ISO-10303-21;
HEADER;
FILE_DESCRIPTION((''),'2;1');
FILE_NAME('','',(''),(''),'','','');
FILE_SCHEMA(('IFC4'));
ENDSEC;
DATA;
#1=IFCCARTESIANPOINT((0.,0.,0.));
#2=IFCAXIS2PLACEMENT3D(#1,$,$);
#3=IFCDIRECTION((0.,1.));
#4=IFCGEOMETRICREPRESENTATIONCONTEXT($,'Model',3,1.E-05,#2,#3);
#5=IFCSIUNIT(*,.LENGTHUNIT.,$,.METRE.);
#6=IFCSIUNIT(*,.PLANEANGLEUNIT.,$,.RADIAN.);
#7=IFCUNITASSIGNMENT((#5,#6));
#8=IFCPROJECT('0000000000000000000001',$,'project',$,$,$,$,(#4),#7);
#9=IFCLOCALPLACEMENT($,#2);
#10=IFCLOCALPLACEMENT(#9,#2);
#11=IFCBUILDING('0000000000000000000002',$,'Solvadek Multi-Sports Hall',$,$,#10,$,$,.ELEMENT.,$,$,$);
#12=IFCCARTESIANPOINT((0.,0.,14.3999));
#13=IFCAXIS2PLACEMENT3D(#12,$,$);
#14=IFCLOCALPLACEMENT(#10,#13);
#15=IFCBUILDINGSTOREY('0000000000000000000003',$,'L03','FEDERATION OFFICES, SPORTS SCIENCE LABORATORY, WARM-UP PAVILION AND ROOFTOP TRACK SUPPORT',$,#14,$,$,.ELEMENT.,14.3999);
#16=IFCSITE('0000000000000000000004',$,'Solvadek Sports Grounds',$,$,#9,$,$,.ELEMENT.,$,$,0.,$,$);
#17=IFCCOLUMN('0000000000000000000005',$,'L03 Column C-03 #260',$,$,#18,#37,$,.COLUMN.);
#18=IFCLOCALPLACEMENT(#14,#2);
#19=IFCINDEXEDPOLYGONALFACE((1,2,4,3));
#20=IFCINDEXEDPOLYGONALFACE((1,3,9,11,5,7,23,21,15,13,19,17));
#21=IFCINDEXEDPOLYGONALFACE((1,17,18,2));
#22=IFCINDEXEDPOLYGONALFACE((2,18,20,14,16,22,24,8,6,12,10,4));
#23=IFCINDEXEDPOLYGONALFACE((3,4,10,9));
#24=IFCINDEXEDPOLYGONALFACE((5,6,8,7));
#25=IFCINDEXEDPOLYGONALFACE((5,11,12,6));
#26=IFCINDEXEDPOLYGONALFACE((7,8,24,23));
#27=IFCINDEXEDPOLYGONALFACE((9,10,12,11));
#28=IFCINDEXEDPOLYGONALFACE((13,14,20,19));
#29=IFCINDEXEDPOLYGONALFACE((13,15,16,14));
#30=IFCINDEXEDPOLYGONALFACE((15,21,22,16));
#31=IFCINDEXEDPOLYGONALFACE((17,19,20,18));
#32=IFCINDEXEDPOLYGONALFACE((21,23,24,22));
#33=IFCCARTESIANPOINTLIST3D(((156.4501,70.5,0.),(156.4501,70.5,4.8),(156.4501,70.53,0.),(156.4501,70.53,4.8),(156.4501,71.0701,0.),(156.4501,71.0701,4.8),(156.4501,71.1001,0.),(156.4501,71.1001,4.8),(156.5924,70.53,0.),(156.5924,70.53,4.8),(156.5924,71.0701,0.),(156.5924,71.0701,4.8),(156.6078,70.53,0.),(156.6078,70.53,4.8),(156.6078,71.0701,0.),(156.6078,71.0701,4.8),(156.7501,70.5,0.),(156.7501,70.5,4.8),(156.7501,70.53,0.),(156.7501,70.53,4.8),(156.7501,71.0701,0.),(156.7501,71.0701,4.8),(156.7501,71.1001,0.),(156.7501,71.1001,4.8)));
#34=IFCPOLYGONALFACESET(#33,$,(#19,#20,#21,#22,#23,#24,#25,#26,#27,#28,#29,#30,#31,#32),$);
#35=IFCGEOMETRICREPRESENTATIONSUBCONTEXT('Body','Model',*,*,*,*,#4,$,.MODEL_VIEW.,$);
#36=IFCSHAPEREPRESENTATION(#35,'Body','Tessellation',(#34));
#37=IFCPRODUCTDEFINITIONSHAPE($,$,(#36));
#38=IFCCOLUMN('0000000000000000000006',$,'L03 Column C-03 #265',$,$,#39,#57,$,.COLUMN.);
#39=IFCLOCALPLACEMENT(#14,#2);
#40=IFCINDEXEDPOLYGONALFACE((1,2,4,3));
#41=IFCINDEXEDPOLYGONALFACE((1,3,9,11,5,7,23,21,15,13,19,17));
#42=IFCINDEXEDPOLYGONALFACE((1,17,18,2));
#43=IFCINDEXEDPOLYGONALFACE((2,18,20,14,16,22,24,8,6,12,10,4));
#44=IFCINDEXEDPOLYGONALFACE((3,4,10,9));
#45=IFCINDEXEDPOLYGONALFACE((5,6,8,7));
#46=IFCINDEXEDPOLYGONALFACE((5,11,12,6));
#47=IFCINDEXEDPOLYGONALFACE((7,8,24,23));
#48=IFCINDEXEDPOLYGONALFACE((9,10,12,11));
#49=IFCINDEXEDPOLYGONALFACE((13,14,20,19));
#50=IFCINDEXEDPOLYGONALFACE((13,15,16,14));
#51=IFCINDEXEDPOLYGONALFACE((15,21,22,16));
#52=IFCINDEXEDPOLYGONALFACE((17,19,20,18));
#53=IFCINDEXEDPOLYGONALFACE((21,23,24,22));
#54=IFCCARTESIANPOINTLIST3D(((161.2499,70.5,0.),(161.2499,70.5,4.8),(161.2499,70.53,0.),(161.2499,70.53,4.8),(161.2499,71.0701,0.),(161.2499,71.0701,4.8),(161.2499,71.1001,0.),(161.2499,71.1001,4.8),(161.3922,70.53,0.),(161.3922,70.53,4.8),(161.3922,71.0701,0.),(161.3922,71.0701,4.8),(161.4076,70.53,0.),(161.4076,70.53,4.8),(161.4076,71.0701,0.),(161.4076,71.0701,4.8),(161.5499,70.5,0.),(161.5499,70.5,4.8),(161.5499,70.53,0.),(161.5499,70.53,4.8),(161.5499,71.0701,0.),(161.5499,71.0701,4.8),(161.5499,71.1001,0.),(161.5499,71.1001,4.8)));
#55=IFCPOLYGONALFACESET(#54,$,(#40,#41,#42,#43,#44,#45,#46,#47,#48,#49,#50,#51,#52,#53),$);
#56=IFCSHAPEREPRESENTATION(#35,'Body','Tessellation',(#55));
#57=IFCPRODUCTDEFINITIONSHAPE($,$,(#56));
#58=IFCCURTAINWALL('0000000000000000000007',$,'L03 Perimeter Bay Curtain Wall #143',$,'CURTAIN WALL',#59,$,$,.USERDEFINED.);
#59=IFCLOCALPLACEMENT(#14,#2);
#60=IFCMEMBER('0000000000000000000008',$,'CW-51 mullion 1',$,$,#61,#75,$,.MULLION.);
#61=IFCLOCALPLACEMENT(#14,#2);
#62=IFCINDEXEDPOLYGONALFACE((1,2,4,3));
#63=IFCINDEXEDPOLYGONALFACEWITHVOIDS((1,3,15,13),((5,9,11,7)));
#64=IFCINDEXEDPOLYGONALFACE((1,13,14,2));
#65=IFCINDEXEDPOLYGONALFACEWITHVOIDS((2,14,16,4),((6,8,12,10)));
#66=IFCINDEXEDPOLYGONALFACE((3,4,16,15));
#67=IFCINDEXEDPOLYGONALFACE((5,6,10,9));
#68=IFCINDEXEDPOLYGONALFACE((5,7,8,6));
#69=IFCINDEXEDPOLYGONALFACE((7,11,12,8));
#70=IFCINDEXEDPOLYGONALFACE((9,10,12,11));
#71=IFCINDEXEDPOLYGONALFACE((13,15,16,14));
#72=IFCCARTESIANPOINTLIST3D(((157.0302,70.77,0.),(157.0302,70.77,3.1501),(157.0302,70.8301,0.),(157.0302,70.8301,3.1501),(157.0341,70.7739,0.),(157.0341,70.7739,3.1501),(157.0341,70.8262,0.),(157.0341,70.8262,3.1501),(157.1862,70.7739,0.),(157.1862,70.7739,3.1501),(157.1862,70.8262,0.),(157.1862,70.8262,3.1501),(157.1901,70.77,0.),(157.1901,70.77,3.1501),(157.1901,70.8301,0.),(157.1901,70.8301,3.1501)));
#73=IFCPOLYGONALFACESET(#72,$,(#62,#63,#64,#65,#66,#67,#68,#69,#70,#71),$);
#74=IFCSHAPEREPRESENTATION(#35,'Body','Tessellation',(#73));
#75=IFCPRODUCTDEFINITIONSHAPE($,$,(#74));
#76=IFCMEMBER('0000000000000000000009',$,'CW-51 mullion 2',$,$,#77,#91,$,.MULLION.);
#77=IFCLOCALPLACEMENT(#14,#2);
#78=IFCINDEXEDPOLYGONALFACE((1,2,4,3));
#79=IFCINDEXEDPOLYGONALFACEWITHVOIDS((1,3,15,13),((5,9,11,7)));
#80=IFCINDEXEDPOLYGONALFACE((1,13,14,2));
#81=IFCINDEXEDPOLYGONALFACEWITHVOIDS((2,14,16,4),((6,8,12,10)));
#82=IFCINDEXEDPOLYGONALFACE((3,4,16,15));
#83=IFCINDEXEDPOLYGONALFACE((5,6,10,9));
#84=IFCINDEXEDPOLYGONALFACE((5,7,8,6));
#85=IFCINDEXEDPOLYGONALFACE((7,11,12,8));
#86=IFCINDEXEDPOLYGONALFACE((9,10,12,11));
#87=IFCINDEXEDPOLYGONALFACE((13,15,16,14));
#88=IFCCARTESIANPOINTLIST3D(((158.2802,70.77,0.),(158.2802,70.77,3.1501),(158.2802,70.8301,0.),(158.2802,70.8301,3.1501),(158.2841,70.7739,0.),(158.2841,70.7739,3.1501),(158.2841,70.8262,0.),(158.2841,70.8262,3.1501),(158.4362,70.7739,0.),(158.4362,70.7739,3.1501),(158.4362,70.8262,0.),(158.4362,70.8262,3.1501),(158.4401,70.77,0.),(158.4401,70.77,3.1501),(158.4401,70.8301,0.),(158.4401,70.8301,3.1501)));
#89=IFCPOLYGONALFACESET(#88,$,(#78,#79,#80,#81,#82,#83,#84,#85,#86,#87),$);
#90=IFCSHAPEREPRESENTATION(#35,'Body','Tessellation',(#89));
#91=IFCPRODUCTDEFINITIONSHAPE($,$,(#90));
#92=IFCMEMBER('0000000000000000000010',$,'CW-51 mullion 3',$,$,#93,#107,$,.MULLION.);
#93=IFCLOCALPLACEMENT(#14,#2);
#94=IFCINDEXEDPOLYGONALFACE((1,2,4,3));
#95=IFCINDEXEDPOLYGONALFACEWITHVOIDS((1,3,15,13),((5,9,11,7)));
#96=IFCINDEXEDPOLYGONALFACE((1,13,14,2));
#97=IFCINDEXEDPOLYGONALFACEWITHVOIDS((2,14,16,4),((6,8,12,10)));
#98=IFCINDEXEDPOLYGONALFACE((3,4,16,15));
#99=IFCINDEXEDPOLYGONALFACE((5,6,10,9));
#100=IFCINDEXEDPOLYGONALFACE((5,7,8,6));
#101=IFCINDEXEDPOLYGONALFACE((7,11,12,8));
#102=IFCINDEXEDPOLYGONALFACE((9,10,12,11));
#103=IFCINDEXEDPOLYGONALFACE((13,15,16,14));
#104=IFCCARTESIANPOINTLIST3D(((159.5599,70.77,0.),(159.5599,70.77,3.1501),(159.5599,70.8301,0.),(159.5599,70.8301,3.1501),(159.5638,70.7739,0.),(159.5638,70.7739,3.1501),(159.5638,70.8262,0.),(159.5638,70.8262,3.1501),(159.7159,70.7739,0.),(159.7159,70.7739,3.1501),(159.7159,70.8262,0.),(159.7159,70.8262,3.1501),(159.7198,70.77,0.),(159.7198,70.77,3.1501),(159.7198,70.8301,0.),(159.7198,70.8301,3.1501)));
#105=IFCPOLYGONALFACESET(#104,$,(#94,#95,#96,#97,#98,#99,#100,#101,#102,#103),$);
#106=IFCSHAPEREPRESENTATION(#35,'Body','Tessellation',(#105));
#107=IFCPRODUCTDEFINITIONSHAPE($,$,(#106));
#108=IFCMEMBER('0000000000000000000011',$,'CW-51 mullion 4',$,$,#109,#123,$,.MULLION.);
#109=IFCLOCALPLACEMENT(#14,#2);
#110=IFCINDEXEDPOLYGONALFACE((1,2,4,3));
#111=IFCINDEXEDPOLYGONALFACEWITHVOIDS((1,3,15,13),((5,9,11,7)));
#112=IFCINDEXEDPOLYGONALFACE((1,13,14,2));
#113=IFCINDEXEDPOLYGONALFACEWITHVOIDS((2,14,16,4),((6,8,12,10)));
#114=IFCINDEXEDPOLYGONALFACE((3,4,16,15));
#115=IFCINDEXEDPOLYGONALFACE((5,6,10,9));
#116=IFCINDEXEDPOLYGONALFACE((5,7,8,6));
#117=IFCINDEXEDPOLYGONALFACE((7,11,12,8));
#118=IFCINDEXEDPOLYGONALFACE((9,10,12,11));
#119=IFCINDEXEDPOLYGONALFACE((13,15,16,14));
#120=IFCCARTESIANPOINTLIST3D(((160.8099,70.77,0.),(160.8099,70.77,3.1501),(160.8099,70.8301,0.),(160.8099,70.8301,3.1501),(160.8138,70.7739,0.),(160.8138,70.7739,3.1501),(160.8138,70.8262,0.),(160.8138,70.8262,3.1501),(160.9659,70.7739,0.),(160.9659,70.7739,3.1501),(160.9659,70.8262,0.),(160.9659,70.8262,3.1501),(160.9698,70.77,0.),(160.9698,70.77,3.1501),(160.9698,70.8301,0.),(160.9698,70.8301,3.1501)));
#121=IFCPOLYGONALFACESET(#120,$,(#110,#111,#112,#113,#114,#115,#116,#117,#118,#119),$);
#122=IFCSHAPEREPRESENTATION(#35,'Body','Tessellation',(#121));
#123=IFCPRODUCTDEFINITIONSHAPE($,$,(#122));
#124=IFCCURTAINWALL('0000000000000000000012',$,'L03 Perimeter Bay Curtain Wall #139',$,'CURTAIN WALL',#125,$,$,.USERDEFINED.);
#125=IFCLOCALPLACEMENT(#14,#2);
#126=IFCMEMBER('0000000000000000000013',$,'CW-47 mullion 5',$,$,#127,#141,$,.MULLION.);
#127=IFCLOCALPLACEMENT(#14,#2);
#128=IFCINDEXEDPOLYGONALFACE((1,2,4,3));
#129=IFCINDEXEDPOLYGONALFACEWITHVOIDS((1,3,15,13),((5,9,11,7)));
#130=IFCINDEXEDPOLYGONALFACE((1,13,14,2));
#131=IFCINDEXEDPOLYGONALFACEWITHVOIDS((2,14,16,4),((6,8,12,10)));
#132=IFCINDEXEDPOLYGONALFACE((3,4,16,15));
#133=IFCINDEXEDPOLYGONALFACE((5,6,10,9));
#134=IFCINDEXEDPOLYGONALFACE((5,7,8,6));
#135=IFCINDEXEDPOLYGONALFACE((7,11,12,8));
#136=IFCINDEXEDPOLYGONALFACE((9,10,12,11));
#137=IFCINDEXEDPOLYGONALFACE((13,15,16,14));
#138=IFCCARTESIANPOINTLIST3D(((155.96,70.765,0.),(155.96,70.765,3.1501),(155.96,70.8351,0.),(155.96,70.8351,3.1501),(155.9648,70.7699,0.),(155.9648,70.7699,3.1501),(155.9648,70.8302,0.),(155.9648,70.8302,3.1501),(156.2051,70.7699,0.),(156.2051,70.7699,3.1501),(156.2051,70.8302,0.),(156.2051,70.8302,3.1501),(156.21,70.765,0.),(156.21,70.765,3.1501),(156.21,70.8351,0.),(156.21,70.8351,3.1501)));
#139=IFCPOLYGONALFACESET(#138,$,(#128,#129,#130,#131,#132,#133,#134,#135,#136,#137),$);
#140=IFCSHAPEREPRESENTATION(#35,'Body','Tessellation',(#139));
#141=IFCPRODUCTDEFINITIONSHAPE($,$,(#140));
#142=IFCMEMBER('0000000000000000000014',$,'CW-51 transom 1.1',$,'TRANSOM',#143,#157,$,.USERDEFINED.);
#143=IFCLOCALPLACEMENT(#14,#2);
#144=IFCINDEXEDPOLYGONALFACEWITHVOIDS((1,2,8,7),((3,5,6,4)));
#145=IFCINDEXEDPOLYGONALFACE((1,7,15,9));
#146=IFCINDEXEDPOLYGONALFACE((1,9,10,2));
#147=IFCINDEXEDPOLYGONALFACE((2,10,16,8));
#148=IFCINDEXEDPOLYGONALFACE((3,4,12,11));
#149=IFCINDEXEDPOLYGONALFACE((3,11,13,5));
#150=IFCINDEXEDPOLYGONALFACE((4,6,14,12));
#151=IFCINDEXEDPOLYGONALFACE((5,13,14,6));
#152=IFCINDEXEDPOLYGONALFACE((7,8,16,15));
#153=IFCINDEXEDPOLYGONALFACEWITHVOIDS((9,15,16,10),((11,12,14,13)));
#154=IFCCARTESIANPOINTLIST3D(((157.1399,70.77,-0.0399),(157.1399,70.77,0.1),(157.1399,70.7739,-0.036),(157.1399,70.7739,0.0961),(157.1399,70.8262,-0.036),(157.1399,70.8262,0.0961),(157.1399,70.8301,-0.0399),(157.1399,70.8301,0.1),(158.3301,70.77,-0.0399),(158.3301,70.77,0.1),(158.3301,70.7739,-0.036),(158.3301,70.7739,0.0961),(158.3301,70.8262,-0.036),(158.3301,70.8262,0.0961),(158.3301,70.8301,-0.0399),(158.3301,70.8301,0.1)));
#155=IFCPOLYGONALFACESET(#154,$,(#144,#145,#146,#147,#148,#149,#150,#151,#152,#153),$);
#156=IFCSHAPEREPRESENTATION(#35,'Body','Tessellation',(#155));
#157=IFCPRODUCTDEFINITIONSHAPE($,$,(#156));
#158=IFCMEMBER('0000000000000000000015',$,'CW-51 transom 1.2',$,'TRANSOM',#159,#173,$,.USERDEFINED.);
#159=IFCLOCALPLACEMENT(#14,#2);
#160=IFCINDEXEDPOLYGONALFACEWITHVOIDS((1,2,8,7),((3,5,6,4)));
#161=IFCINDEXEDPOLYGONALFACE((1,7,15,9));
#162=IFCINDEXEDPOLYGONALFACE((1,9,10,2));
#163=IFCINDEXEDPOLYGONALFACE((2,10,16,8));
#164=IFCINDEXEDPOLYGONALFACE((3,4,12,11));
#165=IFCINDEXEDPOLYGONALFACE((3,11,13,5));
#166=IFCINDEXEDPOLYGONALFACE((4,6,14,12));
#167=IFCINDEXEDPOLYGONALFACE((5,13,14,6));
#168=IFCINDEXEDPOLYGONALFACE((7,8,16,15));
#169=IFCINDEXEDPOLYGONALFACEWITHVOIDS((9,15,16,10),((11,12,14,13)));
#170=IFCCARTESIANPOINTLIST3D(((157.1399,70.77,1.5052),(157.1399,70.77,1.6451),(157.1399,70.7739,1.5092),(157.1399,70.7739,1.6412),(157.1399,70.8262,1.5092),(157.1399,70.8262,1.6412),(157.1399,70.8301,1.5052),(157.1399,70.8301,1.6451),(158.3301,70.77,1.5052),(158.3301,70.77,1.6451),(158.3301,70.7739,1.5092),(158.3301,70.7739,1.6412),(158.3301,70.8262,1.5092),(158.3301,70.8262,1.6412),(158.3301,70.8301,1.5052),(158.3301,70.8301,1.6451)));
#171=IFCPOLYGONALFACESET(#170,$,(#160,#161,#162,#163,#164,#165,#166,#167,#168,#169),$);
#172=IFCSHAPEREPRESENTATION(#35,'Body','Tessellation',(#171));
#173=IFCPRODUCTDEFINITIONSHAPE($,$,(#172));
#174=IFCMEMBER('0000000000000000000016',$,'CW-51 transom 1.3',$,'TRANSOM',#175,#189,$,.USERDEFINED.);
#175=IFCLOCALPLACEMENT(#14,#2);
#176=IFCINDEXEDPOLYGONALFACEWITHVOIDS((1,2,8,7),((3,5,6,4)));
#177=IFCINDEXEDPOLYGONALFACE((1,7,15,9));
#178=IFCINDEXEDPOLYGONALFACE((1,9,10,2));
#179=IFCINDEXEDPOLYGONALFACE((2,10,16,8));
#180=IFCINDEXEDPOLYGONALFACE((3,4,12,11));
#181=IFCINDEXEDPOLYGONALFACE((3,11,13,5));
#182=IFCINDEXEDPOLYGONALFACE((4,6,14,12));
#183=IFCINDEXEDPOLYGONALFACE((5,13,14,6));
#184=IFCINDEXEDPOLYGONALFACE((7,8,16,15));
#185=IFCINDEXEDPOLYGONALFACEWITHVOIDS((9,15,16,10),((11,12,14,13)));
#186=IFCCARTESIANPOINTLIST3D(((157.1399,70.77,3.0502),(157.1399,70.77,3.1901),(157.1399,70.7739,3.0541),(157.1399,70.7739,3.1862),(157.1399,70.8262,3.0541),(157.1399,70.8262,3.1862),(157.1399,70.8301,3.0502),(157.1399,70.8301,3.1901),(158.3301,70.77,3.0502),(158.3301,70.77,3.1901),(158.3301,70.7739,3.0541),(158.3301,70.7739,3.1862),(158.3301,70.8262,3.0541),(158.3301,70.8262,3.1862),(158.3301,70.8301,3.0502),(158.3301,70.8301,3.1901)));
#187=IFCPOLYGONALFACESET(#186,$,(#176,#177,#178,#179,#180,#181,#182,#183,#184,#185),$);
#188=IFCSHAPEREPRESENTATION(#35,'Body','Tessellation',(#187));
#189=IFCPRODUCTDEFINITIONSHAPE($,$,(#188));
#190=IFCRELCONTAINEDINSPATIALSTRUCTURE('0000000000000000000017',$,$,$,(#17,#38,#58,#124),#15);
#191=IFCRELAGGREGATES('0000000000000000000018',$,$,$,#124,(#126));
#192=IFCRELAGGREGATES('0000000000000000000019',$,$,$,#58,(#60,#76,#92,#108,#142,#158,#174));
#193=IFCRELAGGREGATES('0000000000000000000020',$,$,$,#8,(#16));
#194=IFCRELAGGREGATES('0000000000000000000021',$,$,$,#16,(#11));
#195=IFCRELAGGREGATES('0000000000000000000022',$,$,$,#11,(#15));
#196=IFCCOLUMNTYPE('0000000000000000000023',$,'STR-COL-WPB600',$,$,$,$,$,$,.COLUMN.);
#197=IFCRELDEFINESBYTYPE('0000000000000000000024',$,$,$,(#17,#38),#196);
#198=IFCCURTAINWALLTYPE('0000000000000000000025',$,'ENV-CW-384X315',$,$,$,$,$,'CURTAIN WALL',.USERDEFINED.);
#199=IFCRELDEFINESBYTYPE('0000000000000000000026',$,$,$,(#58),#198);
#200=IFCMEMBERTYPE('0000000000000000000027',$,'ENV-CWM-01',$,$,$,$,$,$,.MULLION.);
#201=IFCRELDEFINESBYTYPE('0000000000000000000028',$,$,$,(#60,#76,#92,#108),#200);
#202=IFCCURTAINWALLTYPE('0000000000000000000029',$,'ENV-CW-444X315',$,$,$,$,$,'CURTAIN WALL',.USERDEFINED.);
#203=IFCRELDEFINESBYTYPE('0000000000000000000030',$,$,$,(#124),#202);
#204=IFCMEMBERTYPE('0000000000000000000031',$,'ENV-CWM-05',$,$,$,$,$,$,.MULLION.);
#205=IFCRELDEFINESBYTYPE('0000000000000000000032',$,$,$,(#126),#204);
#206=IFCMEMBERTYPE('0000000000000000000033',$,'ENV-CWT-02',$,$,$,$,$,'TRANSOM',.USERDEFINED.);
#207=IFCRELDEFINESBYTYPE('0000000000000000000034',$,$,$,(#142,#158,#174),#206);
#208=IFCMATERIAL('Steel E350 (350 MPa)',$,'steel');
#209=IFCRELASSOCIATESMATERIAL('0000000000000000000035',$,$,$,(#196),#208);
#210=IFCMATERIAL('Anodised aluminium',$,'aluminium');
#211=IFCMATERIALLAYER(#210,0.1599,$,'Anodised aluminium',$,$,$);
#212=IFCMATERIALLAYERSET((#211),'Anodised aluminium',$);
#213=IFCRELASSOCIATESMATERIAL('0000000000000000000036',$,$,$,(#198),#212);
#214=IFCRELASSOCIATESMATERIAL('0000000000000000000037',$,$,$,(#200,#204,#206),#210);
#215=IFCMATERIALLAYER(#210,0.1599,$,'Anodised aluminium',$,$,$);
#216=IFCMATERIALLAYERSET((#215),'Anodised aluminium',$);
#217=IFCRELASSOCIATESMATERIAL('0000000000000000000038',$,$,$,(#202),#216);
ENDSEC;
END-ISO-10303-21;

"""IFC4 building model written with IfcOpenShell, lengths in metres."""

from ifc_helpers import new_model, si_unit, direction, frame, origin, origin_2d, place, context, subcontext, project, spatial, hollow_rectangle, i_section, extrude, material, layer, layer_set, material_profile, profile_set, type_object, element, aggregate, save


model = new_model("IFC4")

# Units and contexts
model_context = context("Model", 3, precision=1e-05, world=origin(), true_north=direction((0.0, 1.0)))
body_context = subcontext(model_context, "Body", "Model", "MODEL_VIEW")
ifc_project = project(units=[si_unit("LENGTHUNIT", "METRE"), si_unit("PLANEANGLEUNIT", "RADIAN")], contexts=[model_context])

# Site, building, storey
site_placement = place(None, origin())
site = spatial("IfcSite", under=ifc_project, at=site_placement, Name="Solvadek Sports Grounds", CompositionType="ELEMENT", RefElevation=0.0)
building_placement = place(site_placement, origin())
building = spatial("IfcBuilding", under=site, at=building_placement, Name="Solvadek Multi-Sports Hall", CompositionType="ELEMENT")
storey_placement = place(building_placement, frame((0.0, 0.0, 14.3999)))
storey = spatial("IfcBuildingStorey", under=building, at=storey_placement, Name="L03", Description="FEDERATION OFFICES, SPORTS SCIENCE LABORATORY, WARM-UP PAVILION AND ROOFTOP TRACK SUPPORT", CompositionType="ELEMENT", Elevation=14.3999)

# Columns
ifc_material_1 = material(Name="Steel E350 (350 MPa)", Category="steel")
ifc_material_profile_1 = material_profile(ifc_material_1, i_section(OverallWidth=0.3, OverallDepth=0.6001, WebThickness=0.0154, FlangeThickness=0.03, at=origin_2d()), Name="WPB 600")
ifc_profile_set_1 = profile_set([ifc_material_profile_1], Name="Steel E350 (350 MPa)")
column_type = type_object("IfcColumnType", Name="STR-COL-WPB600", PredefinedType="COLUMN", material=ifc_profile_set_1)
for number, where, z_axis, x_axis, name in (
    (1, (156.6001, 70.8, 0.0), (0.0, 0.0, 1.0), (1.0, 0.0, 0.0), "L03 Column C-03 #260"),
    (2, (161.3999, 70.8, 0.0), (0.0, 0.0, 1.0), (1.0, 0.0, 0.0), "L03 Column C-03 #265"),
):
    element("IfcColumn", number, at=place(storey_placement, frame(where, z_axis=z_axis, x_axis=x_axis)), inside=storey, type_object=column_type, Name=name, PredefinedType="COLUMN", context=body_context, shape_type="SweptSolid", body=[
        extrude(i_section(OverallWidth=0.3, OverallDepth=0.6001, WebThickness=0.0154, FlangeThickness=0.03, at=origin_2d()), origin(), (0.0, 0.0, 1.0), 4.8),
    ])

# Curtain wall, members
ifc_material_2 = material(Name="Anodised aluminium", Category="aluminium")
ifc_layer_1 = layer(ifc_material_2, 0.1599, Name="Anodised aluminium")
ifc_layer_set_1 = layer_set([ifc_layer_1], Name="Anodised aluminium")
curtain_wall_type_1 = type_object("IfcCurtainWallType", Name="ENV-CW-384X315", ElementType="CURTAIN WALL", PredefinedType="USERDEFINED", material=ifc_layer_set_1)
curtain_wall_1_placement = place(storey_placement, origin())
curtain_wall_1 = element("IfcCurtainWall", 3, at=curtain_wall_1_placement, inside=storey, type_object=curtain_wall_type_1, Name="L03 Perimeter Bay Curtain Wall #143", ObjectType="CURTAIN WALL", PredefinedType="USERDEFINED")
ifc_material_profile_2 = material_profile(ifc_material_2, hollow_rectangle(XDim=0.0601, YDim=0.1599, WallThickness=0.0039, at=origin_2d()), Name="ALU-M 160x60x4")
ifc_profile_set_2 = profile_set([ifc_material_profile_2], Name="Anodised aluminium")
member_type_1 = type_object("IfcMemberType", Name="ENV-CWM-01", PredefinedType="MULLION", material=ifc_profile_set_2)
member_1_placement = place(storey_placement, frame((157.1101, 70.8, 0.0), z_axis=(0.0, 0.0, 1.0), x_axis=(0.0, 1.0, 0.0)))
member_1 = element("IfcMember", 4, at=member_1_placement, type_object=member_type_1, Name="CW-51 mullion 1", PredefinedType="MULLION", context=body_context, shape_type="SweptSolid", body=[
    extrude(hollow_rectangle(XDim=0.0601, YDim=0.1599, WallThickness=0.0039, at=origin_2d()), origin(), (0.0, 0.0, 1.0), 3.1501),
])
member_2_placement = place(storey_placement, frame((158.3601, 70.8, 0.0), z_axis=(0.0, 0.0, 1.0), x_axis=(0.0, 1.0, 0.0)))
member_2 = element("IfcMember", 5, at=member_2_placement, type_object=member_type_1, Name="CW-51 mullion 2", PredefinedType="MULLION", context=body_context, shape_type="SweptSolid", body=[
    extrude(hollow_rectangle(XDim=0.0601, YDim=0.1599, WallThickness=0.0039, at=origin_2d()), origin(), (0.0, 0.0, 1.0), 3.1501),
])
member_3_placement = place(storey_placement, frame((159.6399, 70.8, 0.0), z_axis=(0.0, 0.0, 1.0), x_axis=(0.0, 1.0, 0.0)))
member_3 = element("IfcMember", 6, at=member_3_placement, type_object=member_type_1, Name="CW-51 mullion 3", PredefinedType="MULLION", context=body_context, shape_type="SweptSolid", body=[
    extrude(hollow_rectangle(XDim=0.0601, YDim=0.1599, WallThickness=0.0039, at=origin_2d()), origin(), (0.0, 0.0, 1.0), 3.1501),
])
member_4_placement = place(storey_placement, frame((160.8899, 70.8, 0.0), z_axis=(0.0, 0.0, 1.0), x_axis=(0.0, 1.0, 0.0)))
member_4 = element("IfcMember", 7, at=member_4_placement, type_object=member_type_1, Name="CW-51 mullion 4", PredefinedType="MULLION", context=body_context, shape_type="SweptSolid", body=[
    extrude(hollow_rectangle(XDim=0.0601, YDim=0.1599, WallThickness=0.0039, at=origin_2d()), origin(), (0.0, 0.0, 1.0), 3.1501),
])

# Curtain wall, member
ifc_layer_2 = layer(ifc_material_2, 0.1599, Name="Anodised aluminium")
ifc_layer_set_2 = layer_set([ifc_layer_2], Name="Anodised aluminium")
curtain_wall_type_2 = type_object("IfcCurtainWallType", Name="ENV-CW-444X315", ElementType="CURTAIN WALL", PredefinedType="USERDEFINED", material=ifc_layer_set_2)
curtain_wall_2_placement = place(storey_placement, origin())
curtain_wall_2 = element("IfcCurtainWall", 8, at=curtain_wall_2_placement, inside=storey, type_object=curtain_wall_type_2, Name="L03 Perimeter Bay Curtain Wall #139", ObjectType="CURTAIN WALL", PredefinedType="USERDEFINED")
ifc_material_profile_3 = material_profile(ifc_material_2, hollow_rectangle(XDim=0.0701, YDim=0.25, WallThickness=0.0049, at=origin_2d()), Name="ALU-M 250x70x5")
ifc_profile_set_3 = profile_set([ifc_material_profile_3], Name="Anodised aluminium")
member_type_2 = type_object("IfcMemberType", Name="ENV-CWM-05", PredefinedType="MULLION", material=ifc_profile_set_3)
member_5_placement = place(storey_placement, frame((156.085, 70.8, 0.0), z_axis=(0.0, 0.0, 1.0), x_axis=(0.0, 1.0, 0.0)))
member_5 = element("IfcMember", 9, at=member_5_placement, type_object=member_type_2, Name="CW-47 mullion 5", PredefinedType="MULLION", context=body_context, shape_type="SweptSolid", body=[
    extrude(hollow_rectangle(XDim=0.0701, YDim=0.25, WallThickness=0.0049, at=origin_2d()), origin(), (0.0, 0.0, 1.0), 3.1501),
])

# Members
ifc_material_profile_4 = material_profile(ifc_material_2, hollow_rectangle(XDim=0.0601, YDim=0.1399, WallThickness=0.0039, at=origin_2d()), Name="ALU-T 140x60x4")
ifc_profile_set_4 = profile_set([ifc_material_profile_4], Name="Anodised aluminium")
member_type_3 = type_object("IfcMemberType", Name="ENV-CWT-02", ElementType="TRANSOM", PredefinedType="USERDEFINED", material=ifc_profile_set_4)
member_6_placement = place(storey_placement, frame((157.1399, 70.8, 0.03), z_axis=(1.0, 0.0, 0.0), x_axis=(0.0, 1.0, 0.0)))
member_6 = element("IfcMember", 10, at=member_6_placement, type_object=member_type_3, Name="CW-51 transom 1.1", ObjectType="TRANSOM", PredefinedType="USERDEFINED", context=body_context, shape_type="SweptSolid", body=[
    extrude(hollow_rectangle(XDim=0.0601, YDim=0.1399, WallThickness=0.0039, at=origin_2d()), origin(), (0.0, 0.0, 1.0), 1.1902),
])
member_7_placement = place(storey_placement, frame((157.1399, 70.8, 1.5752), z_axis=(1.0, 0.0, 0.0), x_axis=(0.0, 1.0, 0.0)))
member_7 = element("IfcMember", 11, at=member_7_placement, type_object=member_type_3, Name="CW-51 transom 1.2", ObjectType="TRANSOM", PredefinedType="USERDEFINED", context=body_context, shape_type="SweptSolid", body=[
    extrude(hollow_rectangle(XDim=0.0601, YDim=0.1399, WallThickness=0.0039, at=origin_2d()), origin(), (0.0, 0.0, 1.0), 1.1902),
])
member_8_placement = place(storey_placement, frame((157.1399, 70.8, 3.1201), z_axis=(1.0, 0.0, 0.0), x_axis=(0.0, 1.0, 0.0)))
member_8 = element("IfcMember", 12, at=member_8_placement, type_object=member_type_3, Name="CW-51 transom 1.3", ObjectType="TRANSOM", PredefinedType="USERDEFINED", context=body_context, shape_type="SweptSolid", body=[
    extrude(hollow_rectangle(XDim=0.0601, YDim=0.1399, WallThickness=0.0039, at=origin_2d()), origin(), (0.0, 0.0, 1.0), 1.1902),
])

aggregate(curtain_wall_2, [member_5])
aggregate(curtain_wall_1, [member_1, member_2, member_3, member_4, member_6, member_7, member_8])

save(model, "model.ifc")
